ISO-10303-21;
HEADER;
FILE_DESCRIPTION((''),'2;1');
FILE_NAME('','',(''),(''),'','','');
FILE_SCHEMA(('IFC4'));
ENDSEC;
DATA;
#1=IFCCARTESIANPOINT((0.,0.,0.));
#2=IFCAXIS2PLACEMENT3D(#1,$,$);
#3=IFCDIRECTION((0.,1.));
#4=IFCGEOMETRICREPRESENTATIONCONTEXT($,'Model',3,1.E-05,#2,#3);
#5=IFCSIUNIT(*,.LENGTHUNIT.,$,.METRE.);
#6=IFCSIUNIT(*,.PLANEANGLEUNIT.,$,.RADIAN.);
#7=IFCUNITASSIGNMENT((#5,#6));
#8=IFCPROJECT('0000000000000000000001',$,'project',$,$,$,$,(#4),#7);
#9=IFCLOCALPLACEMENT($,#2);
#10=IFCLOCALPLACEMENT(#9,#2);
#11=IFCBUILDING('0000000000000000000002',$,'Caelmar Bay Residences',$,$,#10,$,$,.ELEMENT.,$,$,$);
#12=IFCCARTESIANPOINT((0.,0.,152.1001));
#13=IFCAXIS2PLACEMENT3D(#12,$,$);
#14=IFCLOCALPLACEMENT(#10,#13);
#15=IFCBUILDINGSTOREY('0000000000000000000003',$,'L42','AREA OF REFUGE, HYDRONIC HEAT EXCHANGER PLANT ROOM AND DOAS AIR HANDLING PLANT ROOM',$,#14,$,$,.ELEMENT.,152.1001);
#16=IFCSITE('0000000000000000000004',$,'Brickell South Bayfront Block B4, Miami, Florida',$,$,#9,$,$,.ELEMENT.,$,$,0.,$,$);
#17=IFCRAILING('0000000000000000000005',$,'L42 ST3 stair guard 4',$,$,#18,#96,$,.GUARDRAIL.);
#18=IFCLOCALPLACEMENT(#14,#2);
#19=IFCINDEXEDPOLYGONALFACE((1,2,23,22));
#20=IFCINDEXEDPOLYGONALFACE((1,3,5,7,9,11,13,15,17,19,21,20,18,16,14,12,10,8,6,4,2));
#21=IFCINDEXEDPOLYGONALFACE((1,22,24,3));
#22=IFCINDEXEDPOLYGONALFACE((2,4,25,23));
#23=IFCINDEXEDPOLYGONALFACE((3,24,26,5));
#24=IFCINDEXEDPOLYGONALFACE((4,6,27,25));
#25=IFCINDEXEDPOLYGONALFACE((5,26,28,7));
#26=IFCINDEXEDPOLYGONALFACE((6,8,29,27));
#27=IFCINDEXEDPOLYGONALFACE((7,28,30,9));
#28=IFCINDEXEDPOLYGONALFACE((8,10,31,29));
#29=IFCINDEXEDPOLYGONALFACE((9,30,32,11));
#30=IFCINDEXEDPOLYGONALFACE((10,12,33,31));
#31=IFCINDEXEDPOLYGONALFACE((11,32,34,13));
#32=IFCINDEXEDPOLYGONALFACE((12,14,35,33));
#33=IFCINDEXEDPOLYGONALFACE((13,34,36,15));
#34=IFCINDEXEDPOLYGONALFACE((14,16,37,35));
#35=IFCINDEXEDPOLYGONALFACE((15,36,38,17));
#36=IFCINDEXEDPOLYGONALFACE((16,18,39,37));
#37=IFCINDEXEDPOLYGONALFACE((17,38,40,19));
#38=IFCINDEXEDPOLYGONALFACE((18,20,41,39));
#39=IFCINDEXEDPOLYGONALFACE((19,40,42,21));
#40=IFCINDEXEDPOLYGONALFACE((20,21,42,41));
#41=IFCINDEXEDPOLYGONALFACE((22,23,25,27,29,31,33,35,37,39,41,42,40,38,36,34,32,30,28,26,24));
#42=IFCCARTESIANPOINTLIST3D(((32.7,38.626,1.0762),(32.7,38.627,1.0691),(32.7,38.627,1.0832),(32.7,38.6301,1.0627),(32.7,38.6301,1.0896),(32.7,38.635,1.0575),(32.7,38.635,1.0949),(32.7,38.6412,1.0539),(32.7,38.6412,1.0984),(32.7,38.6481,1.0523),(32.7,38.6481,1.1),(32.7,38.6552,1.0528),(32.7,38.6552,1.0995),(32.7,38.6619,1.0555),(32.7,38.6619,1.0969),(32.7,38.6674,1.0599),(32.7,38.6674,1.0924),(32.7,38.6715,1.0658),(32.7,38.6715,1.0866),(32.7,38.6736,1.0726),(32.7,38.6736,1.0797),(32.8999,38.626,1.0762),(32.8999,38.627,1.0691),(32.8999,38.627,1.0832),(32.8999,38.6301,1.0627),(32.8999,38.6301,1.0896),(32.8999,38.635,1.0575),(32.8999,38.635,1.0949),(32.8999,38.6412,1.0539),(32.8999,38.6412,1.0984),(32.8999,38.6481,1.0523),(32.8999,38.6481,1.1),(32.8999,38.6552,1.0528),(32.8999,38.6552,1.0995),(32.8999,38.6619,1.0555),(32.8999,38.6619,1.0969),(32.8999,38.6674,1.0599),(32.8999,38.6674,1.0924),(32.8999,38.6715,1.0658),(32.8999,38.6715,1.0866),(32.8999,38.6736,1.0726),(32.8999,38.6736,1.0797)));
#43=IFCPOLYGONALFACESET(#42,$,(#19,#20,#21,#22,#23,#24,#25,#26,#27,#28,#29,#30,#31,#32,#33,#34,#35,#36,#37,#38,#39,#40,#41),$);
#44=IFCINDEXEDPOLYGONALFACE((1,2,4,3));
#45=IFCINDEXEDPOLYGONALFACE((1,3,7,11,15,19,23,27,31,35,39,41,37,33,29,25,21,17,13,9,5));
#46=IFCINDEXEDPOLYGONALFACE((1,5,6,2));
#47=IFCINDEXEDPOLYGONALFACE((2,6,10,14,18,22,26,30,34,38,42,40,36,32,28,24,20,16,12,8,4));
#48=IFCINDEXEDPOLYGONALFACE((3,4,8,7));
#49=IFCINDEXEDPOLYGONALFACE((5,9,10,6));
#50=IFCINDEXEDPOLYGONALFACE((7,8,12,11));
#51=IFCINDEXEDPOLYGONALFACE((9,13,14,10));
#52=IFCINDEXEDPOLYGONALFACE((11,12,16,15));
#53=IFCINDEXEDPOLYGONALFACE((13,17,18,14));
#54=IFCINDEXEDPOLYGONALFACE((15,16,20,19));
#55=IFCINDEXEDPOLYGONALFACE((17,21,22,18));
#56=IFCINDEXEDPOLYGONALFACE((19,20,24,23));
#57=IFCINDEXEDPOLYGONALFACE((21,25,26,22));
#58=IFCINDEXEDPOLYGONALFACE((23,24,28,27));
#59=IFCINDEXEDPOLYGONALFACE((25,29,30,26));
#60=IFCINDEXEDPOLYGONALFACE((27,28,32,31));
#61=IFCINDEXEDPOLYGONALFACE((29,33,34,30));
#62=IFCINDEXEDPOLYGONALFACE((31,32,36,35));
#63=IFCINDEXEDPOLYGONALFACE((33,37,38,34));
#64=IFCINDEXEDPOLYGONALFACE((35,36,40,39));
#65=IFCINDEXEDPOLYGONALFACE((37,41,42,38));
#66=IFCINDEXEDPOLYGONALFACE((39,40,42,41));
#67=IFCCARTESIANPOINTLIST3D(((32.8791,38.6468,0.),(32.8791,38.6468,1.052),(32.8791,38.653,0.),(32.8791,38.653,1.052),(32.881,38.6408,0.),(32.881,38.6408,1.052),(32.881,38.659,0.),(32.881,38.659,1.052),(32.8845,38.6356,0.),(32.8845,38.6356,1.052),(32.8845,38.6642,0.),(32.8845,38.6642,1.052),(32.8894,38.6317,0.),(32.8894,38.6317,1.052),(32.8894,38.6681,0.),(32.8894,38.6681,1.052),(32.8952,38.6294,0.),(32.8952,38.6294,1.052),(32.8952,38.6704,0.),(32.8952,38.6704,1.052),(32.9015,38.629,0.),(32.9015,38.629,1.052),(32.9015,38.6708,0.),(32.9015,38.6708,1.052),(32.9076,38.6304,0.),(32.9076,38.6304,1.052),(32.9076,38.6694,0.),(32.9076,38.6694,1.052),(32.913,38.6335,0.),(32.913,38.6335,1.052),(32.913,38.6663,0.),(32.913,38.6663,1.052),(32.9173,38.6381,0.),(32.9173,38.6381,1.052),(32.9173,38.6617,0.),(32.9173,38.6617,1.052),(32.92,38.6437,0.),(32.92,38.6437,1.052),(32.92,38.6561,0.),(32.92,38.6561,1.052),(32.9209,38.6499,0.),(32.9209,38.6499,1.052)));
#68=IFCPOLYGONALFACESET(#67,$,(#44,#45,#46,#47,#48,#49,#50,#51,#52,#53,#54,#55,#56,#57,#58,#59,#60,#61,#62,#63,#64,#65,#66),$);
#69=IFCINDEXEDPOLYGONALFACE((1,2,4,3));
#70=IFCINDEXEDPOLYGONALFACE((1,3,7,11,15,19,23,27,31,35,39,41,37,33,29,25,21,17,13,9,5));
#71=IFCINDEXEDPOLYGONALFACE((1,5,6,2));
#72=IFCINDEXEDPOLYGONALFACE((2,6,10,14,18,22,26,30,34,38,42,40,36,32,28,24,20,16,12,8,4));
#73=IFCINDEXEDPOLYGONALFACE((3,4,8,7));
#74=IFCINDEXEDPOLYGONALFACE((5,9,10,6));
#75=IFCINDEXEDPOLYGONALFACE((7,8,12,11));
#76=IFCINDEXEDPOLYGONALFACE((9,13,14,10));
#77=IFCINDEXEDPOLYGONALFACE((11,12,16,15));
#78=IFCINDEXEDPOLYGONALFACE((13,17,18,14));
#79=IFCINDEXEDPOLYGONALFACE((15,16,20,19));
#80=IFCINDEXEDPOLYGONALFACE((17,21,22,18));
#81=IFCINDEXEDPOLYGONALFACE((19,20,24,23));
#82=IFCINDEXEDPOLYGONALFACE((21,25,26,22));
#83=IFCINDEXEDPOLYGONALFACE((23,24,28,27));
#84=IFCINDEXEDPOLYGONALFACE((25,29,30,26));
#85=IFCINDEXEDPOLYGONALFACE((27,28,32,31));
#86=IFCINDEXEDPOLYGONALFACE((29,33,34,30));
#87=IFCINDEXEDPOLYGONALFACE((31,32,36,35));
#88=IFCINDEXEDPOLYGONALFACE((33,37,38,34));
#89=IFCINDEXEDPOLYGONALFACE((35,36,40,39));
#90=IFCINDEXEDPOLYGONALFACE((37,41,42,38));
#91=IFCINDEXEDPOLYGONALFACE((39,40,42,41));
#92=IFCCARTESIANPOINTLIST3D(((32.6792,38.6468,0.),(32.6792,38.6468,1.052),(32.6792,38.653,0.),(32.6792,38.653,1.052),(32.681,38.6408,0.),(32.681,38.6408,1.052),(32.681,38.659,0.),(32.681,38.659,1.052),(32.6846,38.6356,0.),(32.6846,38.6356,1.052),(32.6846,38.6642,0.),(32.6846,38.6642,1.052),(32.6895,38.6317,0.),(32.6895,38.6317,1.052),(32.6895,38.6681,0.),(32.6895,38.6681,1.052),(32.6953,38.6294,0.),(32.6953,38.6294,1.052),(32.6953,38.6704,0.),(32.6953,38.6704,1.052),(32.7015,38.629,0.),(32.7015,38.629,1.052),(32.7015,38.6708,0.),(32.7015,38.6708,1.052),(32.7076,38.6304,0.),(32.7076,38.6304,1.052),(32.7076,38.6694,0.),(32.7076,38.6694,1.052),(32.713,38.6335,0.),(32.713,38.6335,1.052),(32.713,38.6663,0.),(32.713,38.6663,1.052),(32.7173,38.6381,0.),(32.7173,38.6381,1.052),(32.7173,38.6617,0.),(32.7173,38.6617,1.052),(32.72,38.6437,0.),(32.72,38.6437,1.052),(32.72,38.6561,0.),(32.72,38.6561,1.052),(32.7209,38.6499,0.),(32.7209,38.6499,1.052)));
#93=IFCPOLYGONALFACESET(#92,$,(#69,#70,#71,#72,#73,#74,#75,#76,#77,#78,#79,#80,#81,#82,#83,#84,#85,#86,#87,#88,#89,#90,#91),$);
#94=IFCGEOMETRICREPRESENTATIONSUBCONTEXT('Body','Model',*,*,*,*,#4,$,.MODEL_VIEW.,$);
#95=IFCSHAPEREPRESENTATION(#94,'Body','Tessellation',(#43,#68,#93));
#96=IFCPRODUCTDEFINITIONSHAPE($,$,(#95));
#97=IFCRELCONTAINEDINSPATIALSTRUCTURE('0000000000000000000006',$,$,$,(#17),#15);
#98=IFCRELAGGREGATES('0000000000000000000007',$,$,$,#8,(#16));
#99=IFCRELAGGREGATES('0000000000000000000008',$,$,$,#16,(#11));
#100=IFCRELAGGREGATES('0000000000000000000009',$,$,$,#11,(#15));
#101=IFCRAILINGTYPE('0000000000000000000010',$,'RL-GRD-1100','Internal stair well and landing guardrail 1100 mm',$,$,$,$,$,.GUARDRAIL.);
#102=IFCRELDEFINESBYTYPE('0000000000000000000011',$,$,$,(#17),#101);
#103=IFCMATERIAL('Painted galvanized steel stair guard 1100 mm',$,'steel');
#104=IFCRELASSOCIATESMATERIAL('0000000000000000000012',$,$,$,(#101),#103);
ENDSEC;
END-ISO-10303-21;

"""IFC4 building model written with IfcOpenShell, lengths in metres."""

from ifc_helpers import new_model, si_unit, direction, frame, origin, origin_2d, place, context, subcontext, project, spatial, circle, extrude, material, type_object, element, save


model = new_model("IFC4")

# Units and contexts
model_context = context("Model", 3, precision=1e-05, world=origin(), true_north=direction((0.0, 1.0)))
body_context = subcontext(model_context, "Body", "Model", "MODEL_VIEW")
ifc_project = project(units=[si_unit("LENGTHUNIT", "METRE"), si_unit("PLANEANGLEUNIT", "RADIAN")], contexts=[model_context])

# Site, building, storey
site_placement = place(None, origin())
site = spatial("IfcSite", under=ifc_project, at=site_placement, Name="Brickell South Bayfront Block B4, Miami, Florida", CompositionType="ELEMENT", RefElevation=0.0)
building_placement = place(site_placement, origin())
building = spatial("IfcBuilding", under=site, at=building_placement, Name="Caelmar Bay Residences", CompositionType="ELEMENT")
storey_placement = place(building_placement, frame((0.0, 0.0, 152.1001)))
storey = spatial("IfcBuildingStorey", under=building, at=storey_placement, Name="L42", Description="AREA OF REFUGE, HYDRONIC HEAT EXCHANGER PLANT ROOM AND DOAS AIR HANDLING PLANT ROOM", CompositionType="ELEMENT", Elevation=152.1001)

# Railing
ifc_material_1 = material(Name="Painted galvanized steel stair guard 1100 mm", Category="steel")
railing_type_1 = type_object("IfcRailingType", Name="RL-GRD-1100", Description="Internal stair well and landing guardrail 1100 mm", PredefinedType="GUARDRAIL", material=ifc_material_1)
railing_1_placement = place(storey_placement, frame((32.8999, 38.6499, 0.0)))
element("IfcRailing", 1, at=railing_1_placement, inside=storey, type_object=railing_type_1, Name="L42 ST3 stair guard 4", PredefinedType="GUARDRAIL", context=body_context, shape_type="SweptSolid", body=[
    extrude(circle(Radius=0.0239, at=origin_2d()), frame((0.0, 0.0, 1.0762), z_axis=(-1.0, 0.0, 0.0), x_axis=(0.0, -1.0, 0.0)), (0.0, 0.0, 1.0), 0.2),
    extrude(circle(Radius=0.021, at=origin_2d()), origin(), (0.0, 0.0, 1.0), 1.052),
    extrude(circle(Radius=0.021, at=origin_2d()), frame((-0.2, 0.0, 0.0)), (0.0, 0.0, 1.0), 1.052),
])

save(model, "model.ifc")
